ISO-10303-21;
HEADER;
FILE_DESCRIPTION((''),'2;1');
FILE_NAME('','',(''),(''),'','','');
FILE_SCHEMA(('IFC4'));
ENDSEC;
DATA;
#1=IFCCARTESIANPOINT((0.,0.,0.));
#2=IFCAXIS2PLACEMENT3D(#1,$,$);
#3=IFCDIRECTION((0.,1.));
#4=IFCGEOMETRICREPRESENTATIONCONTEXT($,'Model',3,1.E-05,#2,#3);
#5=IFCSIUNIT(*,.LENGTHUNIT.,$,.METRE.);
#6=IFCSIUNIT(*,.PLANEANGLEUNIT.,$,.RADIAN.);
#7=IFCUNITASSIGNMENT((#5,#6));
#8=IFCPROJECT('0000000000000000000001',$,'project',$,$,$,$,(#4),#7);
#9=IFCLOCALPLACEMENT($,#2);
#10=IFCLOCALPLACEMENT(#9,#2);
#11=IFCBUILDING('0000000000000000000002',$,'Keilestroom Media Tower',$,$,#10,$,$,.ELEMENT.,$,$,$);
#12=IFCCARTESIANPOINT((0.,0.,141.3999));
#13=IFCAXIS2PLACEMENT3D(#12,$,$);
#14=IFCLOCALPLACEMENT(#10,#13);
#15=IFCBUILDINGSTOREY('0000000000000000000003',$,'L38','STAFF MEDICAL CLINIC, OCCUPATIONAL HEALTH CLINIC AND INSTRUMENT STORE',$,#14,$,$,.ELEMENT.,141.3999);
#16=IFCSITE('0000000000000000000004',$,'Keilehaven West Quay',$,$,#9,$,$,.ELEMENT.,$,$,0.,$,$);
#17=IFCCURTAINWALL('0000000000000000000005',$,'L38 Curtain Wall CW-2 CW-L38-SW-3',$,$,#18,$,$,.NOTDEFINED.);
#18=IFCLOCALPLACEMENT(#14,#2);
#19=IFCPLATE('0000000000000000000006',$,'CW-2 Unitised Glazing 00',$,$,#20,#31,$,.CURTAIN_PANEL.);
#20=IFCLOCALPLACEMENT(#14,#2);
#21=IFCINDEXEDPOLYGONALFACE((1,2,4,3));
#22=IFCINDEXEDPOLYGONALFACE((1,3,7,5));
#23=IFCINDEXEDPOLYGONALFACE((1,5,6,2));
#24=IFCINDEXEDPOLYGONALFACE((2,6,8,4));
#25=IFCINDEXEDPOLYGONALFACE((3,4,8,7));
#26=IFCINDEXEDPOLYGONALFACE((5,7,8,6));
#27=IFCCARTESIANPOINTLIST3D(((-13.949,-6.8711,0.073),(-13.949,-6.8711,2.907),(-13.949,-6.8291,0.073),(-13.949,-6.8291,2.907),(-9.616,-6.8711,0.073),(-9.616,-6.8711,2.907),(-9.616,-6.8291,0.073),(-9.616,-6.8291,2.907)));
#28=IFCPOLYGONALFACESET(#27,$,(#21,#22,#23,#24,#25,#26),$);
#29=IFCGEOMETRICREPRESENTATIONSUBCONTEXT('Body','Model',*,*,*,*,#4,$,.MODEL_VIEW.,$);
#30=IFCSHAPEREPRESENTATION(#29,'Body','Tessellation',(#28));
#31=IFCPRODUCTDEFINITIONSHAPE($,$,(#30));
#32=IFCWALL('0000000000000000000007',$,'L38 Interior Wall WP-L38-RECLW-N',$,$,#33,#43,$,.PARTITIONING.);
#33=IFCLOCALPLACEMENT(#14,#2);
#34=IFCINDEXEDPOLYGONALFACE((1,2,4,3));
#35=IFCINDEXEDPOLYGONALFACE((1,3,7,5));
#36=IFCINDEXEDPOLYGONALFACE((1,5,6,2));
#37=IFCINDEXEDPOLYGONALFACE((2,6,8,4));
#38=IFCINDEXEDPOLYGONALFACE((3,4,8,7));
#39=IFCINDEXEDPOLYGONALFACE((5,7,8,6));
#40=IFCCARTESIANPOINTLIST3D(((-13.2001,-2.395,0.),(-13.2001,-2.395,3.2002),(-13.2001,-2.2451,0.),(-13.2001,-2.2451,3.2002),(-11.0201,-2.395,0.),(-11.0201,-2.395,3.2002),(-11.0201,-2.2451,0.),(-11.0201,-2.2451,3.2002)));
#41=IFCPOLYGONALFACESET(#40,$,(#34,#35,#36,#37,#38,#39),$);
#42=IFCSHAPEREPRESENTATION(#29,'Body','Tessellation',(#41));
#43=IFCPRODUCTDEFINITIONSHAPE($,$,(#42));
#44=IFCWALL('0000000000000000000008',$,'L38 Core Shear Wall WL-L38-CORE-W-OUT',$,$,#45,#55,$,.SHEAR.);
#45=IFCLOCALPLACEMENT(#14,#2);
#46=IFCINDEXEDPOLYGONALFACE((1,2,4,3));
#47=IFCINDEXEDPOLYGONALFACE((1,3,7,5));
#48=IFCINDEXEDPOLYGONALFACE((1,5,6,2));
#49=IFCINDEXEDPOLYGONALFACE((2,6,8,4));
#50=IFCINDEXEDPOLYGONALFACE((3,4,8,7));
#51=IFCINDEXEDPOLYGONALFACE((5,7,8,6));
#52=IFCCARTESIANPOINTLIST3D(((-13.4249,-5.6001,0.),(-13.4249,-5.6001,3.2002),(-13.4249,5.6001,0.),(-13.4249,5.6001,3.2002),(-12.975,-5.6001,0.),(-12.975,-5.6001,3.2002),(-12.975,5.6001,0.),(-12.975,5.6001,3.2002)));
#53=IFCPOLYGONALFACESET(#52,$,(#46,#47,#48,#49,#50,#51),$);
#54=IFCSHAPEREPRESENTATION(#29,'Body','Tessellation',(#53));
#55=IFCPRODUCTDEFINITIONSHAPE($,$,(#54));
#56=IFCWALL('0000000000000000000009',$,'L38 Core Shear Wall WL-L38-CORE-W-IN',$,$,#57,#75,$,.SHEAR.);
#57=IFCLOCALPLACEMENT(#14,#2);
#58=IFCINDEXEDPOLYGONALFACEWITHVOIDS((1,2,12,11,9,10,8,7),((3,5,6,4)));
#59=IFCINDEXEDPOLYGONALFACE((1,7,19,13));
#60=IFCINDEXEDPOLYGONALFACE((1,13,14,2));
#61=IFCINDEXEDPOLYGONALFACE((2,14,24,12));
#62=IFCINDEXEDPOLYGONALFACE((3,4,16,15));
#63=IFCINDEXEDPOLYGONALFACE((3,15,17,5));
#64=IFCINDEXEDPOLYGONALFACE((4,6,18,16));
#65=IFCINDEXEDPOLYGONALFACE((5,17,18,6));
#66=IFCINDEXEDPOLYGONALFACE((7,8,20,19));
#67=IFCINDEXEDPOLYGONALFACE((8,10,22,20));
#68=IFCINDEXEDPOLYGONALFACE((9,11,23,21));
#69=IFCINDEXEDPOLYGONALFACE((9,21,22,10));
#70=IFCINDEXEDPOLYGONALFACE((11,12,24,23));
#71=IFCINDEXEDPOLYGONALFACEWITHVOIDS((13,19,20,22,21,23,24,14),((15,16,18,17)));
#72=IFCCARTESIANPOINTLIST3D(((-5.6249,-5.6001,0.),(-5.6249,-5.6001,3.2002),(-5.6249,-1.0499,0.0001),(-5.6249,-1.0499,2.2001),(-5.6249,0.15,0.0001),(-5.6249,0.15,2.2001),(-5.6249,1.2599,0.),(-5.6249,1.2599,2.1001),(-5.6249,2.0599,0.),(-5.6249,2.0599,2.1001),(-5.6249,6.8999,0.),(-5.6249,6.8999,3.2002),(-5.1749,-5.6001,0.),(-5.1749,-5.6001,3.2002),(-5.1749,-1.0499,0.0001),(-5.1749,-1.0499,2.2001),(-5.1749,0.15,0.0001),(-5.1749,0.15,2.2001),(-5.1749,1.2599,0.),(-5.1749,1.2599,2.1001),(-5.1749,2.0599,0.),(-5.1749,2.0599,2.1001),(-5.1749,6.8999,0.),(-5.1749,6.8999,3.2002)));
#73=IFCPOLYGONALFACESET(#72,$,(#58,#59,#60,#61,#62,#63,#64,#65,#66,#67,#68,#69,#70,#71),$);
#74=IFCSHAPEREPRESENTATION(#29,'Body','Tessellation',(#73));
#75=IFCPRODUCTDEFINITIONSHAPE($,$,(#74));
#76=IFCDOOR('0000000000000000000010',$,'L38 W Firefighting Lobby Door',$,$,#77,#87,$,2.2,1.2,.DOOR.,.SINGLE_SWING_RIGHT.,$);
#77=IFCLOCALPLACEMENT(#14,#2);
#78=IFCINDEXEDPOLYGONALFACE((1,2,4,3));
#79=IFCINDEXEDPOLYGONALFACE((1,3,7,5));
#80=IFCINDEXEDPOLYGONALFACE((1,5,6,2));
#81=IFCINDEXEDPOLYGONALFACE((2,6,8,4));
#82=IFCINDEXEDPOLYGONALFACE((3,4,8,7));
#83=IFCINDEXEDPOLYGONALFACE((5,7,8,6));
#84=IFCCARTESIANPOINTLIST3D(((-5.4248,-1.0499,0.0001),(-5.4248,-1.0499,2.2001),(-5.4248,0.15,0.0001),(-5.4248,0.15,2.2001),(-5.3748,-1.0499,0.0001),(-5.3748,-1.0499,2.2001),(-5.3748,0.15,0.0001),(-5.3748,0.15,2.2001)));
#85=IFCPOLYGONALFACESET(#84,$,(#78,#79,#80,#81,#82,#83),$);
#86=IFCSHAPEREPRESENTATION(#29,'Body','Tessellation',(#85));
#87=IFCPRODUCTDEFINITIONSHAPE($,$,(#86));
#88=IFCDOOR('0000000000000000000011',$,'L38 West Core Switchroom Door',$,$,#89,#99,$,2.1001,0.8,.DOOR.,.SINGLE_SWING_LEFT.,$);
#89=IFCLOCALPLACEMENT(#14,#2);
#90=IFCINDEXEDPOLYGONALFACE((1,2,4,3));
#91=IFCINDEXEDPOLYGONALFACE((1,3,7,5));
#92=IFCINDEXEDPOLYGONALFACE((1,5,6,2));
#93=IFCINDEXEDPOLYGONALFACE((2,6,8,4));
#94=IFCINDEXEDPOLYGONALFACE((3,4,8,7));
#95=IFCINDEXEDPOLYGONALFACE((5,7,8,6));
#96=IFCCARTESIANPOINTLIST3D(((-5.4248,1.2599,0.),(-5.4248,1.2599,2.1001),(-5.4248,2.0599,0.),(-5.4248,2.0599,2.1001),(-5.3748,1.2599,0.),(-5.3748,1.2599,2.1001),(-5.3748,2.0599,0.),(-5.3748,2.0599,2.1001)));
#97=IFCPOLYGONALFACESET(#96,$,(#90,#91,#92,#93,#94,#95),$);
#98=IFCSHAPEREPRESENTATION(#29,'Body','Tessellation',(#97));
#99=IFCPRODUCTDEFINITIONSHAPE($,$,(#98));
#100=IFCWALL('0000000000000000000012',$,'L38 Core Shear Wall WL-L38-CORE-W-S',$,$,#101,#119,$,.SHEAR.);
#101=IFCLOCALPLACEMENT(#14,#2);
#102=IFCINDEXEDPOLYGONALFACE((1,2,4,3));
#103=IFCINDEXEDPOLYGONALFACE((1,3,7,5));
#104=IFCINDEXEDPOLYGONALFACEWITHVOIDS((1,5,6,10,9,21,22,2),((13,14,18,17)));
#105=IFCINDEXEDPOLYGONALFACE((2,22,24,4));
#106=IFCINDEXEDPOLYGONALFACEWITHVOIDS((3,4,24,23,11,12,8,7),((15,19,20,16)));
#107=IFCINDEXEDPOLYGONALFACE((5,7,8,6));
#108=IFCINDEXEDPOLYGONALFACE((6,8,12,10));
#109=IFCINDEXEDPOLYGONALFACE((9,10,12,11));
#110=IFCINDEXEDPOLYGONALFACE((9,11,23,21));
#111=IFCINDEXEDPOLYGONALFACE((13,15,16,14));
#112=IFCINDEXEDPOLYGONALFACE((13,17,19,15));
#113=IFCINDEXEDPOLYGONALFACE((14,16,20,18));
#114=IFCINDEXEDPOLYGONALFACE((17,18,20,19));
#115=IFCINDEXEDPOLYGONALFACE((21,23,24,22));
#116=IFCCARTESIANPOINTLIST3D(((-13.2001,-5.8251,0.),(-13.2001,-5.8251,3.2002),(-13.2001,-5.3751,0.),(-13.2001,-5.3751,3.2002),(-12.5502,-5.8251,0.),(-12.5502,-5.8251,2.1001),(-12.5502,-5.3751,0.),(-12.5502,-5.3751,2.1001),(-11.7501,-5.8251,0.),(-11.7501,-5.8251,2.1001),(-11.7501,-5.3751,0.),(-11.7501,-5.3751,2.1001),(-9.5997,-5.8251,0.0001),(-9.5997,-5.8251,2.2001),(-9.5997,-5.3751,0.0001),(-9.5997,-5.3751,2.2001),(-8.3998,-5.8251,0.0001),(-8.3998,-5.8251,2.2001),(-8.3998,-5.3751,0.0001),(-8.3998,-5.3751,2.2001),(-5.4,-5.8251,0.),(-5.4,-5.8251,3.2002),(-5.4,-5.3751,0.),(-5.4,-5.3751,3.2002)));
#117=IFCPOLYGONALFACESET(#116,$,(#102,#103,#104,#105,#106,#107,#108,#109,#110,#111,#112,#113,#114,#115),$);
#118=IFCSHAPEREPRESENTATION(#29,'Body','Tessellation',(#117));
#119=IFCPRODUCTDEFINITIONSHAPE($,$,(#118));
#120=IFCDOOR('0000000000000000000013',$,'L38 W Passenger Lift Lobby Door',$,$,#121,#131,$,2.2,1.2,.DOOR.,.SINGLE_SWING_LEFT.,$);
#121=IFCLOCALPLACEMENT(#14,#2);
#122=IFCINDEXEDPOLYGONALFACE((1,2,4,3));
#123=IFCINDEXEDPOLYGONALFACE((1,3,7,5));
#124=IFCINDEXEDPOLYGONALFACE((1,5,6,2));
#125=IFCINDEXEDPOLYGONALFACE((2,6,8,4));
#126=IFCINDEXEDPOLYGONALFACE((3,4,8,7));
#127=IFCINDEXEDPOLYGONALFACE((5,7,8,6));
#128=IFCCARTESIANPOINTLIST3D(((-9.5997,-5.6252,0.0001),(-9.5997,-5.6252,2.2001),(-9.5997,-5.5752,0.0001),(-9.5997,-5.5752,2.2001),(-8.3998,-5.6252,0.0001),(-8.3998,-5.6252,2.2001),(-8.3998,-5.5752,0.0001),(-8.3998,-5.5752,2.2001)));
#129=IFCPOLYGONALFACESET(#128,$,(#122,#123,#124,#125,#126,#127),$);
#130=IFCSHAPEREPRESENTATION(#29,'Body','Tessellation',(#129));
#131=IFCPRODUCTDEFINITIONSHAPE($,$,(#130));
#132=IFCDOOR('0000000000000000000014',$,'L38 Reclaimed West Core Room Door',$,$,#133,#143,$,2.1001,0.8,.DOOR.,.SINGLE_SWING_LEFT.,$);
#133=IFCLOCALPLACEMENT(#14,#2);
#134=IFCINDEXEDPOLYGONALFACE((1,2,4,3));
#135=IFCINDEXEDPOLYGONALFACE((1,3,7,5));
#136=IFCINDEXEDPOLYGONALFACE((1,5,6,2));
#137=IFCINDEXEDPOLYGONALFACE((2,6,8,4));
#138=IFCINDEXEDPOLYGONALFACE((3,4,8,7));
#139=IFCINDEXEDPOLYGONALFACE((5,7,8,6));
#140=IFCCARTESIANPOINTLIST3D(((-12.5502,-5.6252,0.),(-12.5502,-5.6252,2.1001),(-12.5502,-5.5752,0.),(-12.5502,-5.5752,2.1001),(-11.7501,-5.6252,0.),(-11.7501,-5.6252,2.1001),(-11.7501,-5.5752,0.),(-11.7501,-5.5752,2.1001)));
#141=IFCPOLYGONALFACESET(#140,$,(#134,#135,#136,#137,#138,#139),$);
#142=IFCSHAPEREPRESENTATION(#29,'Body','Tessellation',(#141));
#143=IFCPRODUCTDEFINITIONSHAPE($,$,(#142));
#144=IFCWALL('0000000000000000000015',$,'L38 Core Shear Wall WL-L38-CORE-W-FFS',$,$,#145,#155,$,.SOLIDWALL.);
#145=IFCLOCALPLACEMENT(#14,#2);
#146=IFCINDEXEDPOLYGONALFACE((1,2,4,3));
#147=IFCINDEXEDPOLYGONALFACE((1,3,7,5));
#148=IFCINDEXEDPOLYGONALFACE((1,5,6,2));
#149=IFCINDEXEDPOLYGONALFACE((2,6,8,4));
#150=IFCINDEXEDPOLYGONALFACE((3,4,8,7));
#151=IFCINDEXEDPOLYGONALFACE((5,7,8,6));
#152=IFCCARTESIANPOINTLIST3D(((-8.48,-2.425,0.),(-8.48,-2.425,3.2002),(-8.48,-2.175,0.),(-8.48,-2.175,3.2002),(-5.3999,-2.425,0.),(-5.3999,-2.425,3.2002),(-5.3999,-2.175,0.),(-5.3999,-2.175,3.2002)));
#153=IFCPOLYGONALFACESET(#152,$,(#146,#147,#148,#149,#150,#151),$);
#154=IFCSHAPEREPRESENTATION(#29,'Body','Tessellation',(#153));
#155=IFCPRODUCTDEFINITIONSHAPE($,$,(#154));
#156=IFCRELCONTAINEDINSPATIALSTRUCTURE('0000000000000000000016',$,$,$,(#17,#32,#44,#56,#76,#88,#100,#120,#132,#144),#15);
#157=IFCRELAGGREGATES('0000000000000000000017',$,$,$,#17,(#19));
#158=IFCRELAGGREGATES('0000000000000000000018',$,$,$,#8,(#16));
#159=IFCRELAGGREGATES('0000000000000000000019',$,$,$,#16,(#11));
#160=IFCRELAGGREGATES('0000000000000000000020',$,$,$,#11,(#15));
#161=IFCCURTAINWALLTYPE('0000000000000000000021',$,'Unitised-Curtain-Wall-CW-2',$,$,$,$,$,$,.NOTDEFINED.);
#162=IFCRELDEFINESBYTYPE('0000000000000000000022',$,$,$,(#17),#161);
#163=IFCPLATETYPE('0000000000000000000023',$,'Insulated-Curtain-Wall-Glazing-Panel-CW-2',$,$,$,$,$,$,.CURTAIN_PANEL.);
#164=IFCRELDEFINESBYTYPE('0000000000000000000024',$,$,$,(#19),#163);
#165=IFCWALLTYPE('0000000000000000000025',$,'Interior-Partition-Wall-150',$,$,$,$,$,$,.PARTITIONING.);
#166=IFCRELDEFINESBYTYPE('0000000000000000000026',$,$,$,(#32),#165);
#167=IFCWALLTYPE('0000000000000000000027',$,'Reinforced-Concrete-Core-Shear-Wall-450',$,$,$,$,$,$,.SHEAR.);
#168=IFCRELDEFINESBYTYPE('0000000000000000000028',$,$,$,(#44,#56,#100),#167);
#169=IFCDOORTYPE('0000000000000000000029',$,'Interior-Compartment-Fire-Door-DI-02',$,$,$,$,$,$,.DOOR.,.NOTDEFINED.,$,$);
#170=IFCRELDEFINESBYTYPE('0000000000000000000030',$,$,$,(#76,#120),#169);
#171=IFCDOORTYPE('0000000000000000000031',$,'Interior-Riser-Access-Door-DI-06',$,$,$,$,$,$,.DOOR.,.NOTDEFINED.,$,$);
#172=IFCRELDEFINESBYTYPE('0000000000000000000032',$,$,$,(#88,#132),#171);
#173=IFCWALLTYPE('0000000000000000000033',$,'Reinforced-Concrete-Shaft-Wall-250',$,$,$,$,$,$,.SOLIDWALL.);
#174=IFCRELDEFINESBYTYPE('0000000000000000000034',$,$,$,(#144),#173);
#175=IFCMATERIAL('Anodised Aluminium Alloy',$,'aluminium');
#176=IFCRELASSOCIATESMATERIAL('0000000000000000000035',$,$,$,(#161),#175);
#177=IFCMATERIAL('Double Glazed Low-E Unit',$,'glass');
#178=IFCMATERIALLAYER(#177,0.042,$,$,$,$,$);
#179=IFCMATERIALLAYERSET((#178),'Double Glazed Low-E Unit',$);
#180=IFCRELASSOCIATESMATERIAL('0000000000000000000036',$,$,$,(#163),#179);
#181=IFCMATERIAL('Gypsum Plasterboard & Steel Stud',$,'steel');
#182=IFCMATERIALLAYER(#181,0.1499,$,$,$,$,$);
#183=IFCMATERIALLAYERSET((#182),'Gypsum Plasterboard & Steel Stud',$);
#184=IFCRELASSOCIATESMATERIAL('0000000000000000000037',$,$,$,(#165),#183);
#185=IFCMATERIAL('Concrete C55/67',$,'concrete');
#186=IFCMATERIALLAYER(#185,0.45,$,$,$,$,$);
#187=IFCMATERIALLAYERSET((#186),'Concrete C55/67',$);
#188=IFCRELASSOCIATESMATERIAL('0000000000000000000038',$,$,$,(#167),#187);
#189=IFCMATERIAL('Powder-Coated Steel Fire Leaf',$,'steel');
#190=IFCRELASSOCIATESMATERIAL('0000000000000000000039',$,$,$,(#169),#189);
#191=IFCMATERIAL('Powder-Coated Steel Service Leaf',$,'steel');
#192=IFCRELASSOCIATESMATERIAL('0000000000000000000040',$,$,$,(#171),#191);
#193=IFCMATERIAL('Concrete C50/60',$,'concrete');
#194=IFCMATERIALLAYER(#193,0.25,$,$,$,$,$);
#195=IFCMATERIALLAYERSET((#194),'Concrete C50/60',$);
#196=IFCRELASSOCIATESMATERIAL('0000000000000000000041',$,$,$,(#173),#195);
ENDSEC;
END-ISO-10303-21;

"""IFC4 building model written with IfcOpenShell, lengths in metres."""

from ifc_helpers import new_model, si_unit, direction, frame, frame_2d, origin, origin_2d, place, context, subcontext, project, spatial, rectangle, extrude, source, transform, mapped, material, layer, layer_set, type_object, element, fill, aggregate, save


model = new_model("IFC4")

# Units and contexts
model_context = context("Model", 3, precision=1e-05, world=origin(), true_north=direction((0.0, 1.0)))
body_context = subcontext(model_context, "Body", "Model", "MODEL_VIEW")
ifc_project = project(units=[si_unit("LENGTHUNIT", "METRE"), si_unit("PLANEANGLEUNIT", "RADIAN")], contexts=[model_context])

# Site, building, storey
site_placement = place(None, origin())
site = spatial("IfcSite", under=ifc_project, at=site_placement, Name="Keilehaven West Quay", CompositionType="ELEMENT", RefElevation=0.0)
building_placement = place(site_placement, origin())
building = spatial("IfcBuilding", under=site, at=building_placement, Name="Keilestroom Media Tower", CompositionType="ELEMENT")
storey_placement = place(building_placement, frame((0.0, 0.0, 141.3999)))
storey = spatial("IfcBuildingStorey", under=building, at=storey_placement, Name="L38", Description="STAFF MEDICAL CLINIC, OCCUPATIONAL HEALTH CLINIC AND INSTRUMENT STORE", CompositionType="ELEMENT", Elevation=141.3999)

# Curtain wall, plate
ifc_material_1 = material(Name="Anodised Aluminium Alloy", Category="aluminium")
curtain_wall_type = type_object("IfcCurtainWallType", Name="Unitised-Curtain-Wall-CW-2", PredefinedType="NOTDEFINED", material=ifc_material_1)
curtain_wall_placement = place(storey_placement, origin())
curtain_wall = element("IfcCurtainWall", 1, at=curtain_wall_placement, inside=storey, type_object=curtain_wall_type, Name="L38 Curtain Wall CW-2 CW-L38-SW-3", PredefinedType="NOTDEFINED")
ifc_material_2 = material(Name="Double Glazed Low-E Unit", Category="glass")
ifc_layer_1 = layer(ifc_material_2, 0.042)
ifc_layer_set_1 = layer_set([ifc_layer_1], Name="Double Glazed Low-E Unit")
plate_type = type_object("IfcPlateType", Name="Insulated-Curtain-Wall-Glazing-Panel-CW-2", PredefinedType="CURTAIN_PANEL", material=ifc_layer_set_1)
shared_shape_1 = source(origin(), body_context, "Body", "SweptSolid", [
    extrude(rectangle(XDim=4.333, YDim=0.042, at=origin_2d()), origin(), (0.0, 0.0, 1.0), 2.834),
])
plate_placement = place(storey_placement, frame((-11.7825, -6.8501, 0.073), z_axis=(0.0, 0.0, 1.0), x_axis=(1.0, 0.0, 0.0)))
plate = element("IfcPlate", 2, at=plate_placement, type_object=plate_type, Name="CW-2 Unitised Glazing 00", PredefinedType="CURTAIN_PANEL", context=body_context, shape_type="MappedRepresentation", body=[
    mapped(shared_shape_1, transform((0.0, 0.0, 0.0), x_axis=(1.0, 0.0, 0.0), y_axis=(0.0, 1.0, 0.0), z_axis=(0.0, 0.0, 1.0), scale=1.0)),
])
aggregate(curtain_wall, [plate])

# Walls
ifc_material_3 = material(Name="Gypsum Plasterboard & Steel Stud", Category="steel")
ifc_layer_2 = layer(ifc_material_3, 0.1499)
ifc_layer_set_2 = layer_set([ifc_layer_2], Name="Gypsum Plasterboard & Steel Stud")
wall_type_1 = type_object("IfcWallType", Name="Interior-Partition-Wall-150", PredefinedType="PARTITIONING", material=ifc_layer_set_2)
wall_1_placement = place(storey_placement, frame((-13.2, -2.3201, 0.0), z_axis=(0.0, 0.0, 1.0), x_axis=(1.0, 0.0, 0.0)))
element("IfcWall", 3, at=wall_1_placement, inside=storey, type_object=wall_type_1, Name="L38 Interior Wall WP-L38-RECLW-N", PredefinedType="PARTITIONING", context=body_context, shape_type="SweptSolid", body=[
    extrude(rectangle(XDim=2.1799, YDim=0.1499, at=frame_2d((1.0898, 0.0))), origin(), (0.0, 0.0, 1.0), 3.2002),
])
ifc_material_4 = material(Name="Concrete C55/67", Category="concrete")
ifc_layer_3 = layer(ifc_material_4, 0.45)
ifc_layer_set_3 = layer_set([ifc_layer_3], Name="Concrete C55/67")
wall_type_2 = type_object("IfcWallType", Name="Reinforced-Concrete-Core-Shear-Wall-450", PredefinedType="SHEAR", material=ifc_layer_set_3)
wall_2_placement = place(storey_placement, frame((-13.2, -5.6001, 0.0), z_axis=(0.0, 0.0, 1.0), x_axis=(0.0, 1.0, 0.0)))
element("IfcWall", 4, at=wall_2_placement, inside=storey, type_object=wall_type_2, Name="L38 Core Shear Wall WL-L38-CORE-W-OUT", PredefinedType="SHEAR", context=body_context, shape_type="SweptSolid", body=[
    extrude(rectangle(XDim=11.2002, YDim=0.45, at=frame_2d((5.6001, 0.0))), origin(), (0.0, 0.0, 1.0), 3.2002),
])

# Walls, openings, doors
wall_3_placement = place(storey_placement, frame((-5.3999, -5.6001, 0.0), z_axis=(0.0, 0.0, 1.0), x_axis=(0.0, 1.0, 0.0)))
wall_3 = element("IfcWall", 5, at=wall_3_placement, inside=storey, type_object=wall_type_2, Name="L38 Core Shear Wall WL-L38-CORE-W-IN", PredefinedType="SHEAR", context=body_context, shape_type="SweptSolid", body=[
    extrude(rectangle(XDim=12.5, YDim=0.45, at=frame_2d((6.25, 0.0))), origin(), (0.0, 0.0, 1.0), 3.2002),
])
opening_1_placement = place(wall_3_placement, frame((4.55, 0.0, 0.0)))
opening_1 = element("IfcOpeningElement", 6, at=opening_1_placement, cuts=wall_3, PredefinedType="OPENING", context=body_context, shape_type="SweptSolid", body=[
    extrude(rectangle(XDim=1.2, YDim=2.2, at=frame_2d((0.6001, 1.1001))), frame((0.0, 0.2349, 0.0), z_axis=(0.0, -1.0, 0.0), x_axis=(1.0, 0.0, 0.0)), (0.0, 0.0, 1.0), 0.47),
])
opening_2_placement = place(wall_3_placement, frame((6.8601, 0.0, 0.0)))
opening_2 = element("IfcOpeningElement", 7, at=opening_2_placement, cuts=wall_3, PredefinedType="OPENING", context=body_context, shape_type="SweptSolid", body=[
    extrude(rectangle(XDim=0.8, YDim=2.1001, at=frame_2d((0.3999, 1.05))), frame((0.0, 0.2349, 0.0), z_axis=(0.0, -1.0, 0.0), x_axis=(1.0, 0.0, 0.0)), (0.0, 0.0, 1.0), 0.47),
])
ifc_material_5 = material(Name="Powder-Coated Steel Fire Leaf", Category="steel")
door_type_1 = type_object("IfcDoorType", Name="Interior-Compartment-Fire-Door-DI-02", OperationType="NOTDEFINED", PredefinedType="DOOR", material=ifc_material_5)
shared_shape_2 = source(origin(), body_context, "Body", "SweptSolid", [
    extrude(rectangle(XDim=1.2, YDim=2.2, at=frame_2d((0.6001, 1.1001))), frame((0.0, 0.0249, 0.0), z_axis=(0.0, -1.0, 0.0), x_axis=(1.0, 0.0, 0.0)), (0.0, 0.0, 1.0), 0.05),
])
door_1_placement = place(opening_1_placement, origin())
door_1 = element("IfcDoor", 8, at=door_1_placement, inside=storey, type_object=door_type_1, Name="L38 W Firefighting Lobby Door", OperationType="SINGLE_SWING_RIGHT", OverallHeight=2.2, OverallWidth=1.2, PredefinedType="DOOR", context=body_context, shape_type="MappedRepresentation", body=[
    mapped(shared_shape_2, transform((0.0, 0.0, 0.0), x_axis=(1.0, 0.0, 0.0), y_axis=(0.0, 1.0, 0.0), z_axis=(0.0, 0.0, 1.0), scale=1.0)),
])
fill(opening_1, door_1)
ifc_material_6 = material(Name="Powder-Coated Steel Service Leaf", Category="steel")
door_type_2 = type_object("IfcDoorType", Name="Interior-Riser-Access-Door-DI-06", OperationType="NOTDEFINED", PredefinedType="DOOR", material=ifc_material_6)
shared_shape_3 = source(origin(), body_context, "Body", "SweptSolid", [
    extrude(rectangle(XDim=0.8, YDim=2.1001, at=frame_2d((0.3999, 1.05))), frame((0.0, 0.0249, 0.0), z_axis=(0.0, -1.0, 0.0), x_axis=(1.0, 0.0, 0.0)), (0.0, 0.0, 1.0), 0.05),
])
door_2_placement = place(opening_2_placement, origin())
door_2 = element("IfcDoor", 9, at=door_2_placement, inside=storey, type_object=door_type_2, Name="L38 West Core Switchroom Door", OperationType="SINGLE_SWING_LEFT", OverallHeight=2.1001, OverallWidth=0.8, PredefinedType="DOOR", context=body_context, shape_type="MappedRepresentation", body=[
    mapped(shared_shape_3, transform((0.0, 0.0, 0.0), x_axis=(1.0, 0.0, 0.0), y_axis=(0.0, 1.0, 0.0), z_axis=(0.0, 0.0, 1.0), scale=1.0)),
])
fill(opening_2, door_2)
wall_4_placement = place(storey_placement, frame((-13.2, -5.6001, 0.0), z_axis=(0.0, 0.0, 1.0), x_axis=(1.0, 0.0, 0.0)))
wall_4 = element("IfcWall", 10, at=wall_4_placement, inside=storey, type_object=wall_type_2, Name="L38 Core Shear Wall WL-L38-CORE-W-S", PredefinedType="SHEAR", context=body_context, shape_type="SweptSolid", body=[
    extrude(rectangle(XDim=7.8, YDim=0.45, at=frame_2d((3.8999, 0.0))), origin(), (0.0, 0.0, 1.0), 3.2002),
])
opening_3_placement = place(wall_4_placement, frame((3.6001, 0.0, 0.0)))
opening_3 = element("IfcOpeningElement", 11, at=opening_3_placement, cuts=wall_4, PredefinedType="OPENING", context=body_context, shape_type="SweptSolid", body=[
    extrude(rectangle(XDim=1.2, YDim=2.2, at=frame_2d((0.6001, 1.1001))), frame((0.0, 0.2349, 0.0), z_axis=(0.0, -1.0, 0.0), x_axis=(1.0, 0.0, 0.0)), (0.0, 0.0, 1.0), 0.47),
])
opening_4_placement = place(wall_4_placement, frame((0.6499, 0.0, 0.0)))
opening_4 = element("IfcOpeningElement", 12, at=opening_4_placement, cuts=wall_4, PredefinedType="OPENING", context=body_context, shape_type="SweptSolid", body=[
    extrude(rectangle(XDim=0.8, YDim=2.1001, at=frame_2d((0.3999, 1.05))), frame((0.0, 0.2349, 0.0), z_axis=(0.0, -1.0, 0.0), x_axis=(1.0, 0.0, 0.0)), (0.0, 0.0, 1.0), 0.47),
])
door_3_placement = place(opening_3_placement, origin())
door_3 = element("IfcDoor", 13, at=door_3_placement, inside=storey, type_object=door_type_1, Name="L38 W Passenger Lift Lobby Door", OperationType="SINGLE_SWING_LEFT", OverallHeight=2.2, OverallWidth=1.2, PredefinedType="DOOR", context=body_context, shape_type="MappedRepresentation", body=[
    mapped(shared_shape_2, transform((0.0, 0.0, 0.0), x_axis=(1.0, 0.0, 0.0), y_axis=(0.0, 1.0, 0.0), z_axis=(0.0, 0.0, 1.0), scale=1.0)),
])
fill(opening_3, door_3)
door_4_placement = place(opening_4_placement, origin())
door_4 = element("IfcDoor", 14, at=door_4_placement, inside=storey, type_object=door_type_2, Name="L38 Reclaimed West Core Room Door", OperationType="SINGLE_SWING_LEFT", OverallHeight=2.1001, OverallWidth=0.8, PredefinedType="DOOR", context=body_context, shape_type="MappedRepresentation", body=[
    mapped(shared_shape_3, transform((0.0, 0.0, 0.0), x_axis=(1.0, 0.0, 0.0), y_axis=(0.0, 1.0, 0.0), z_axis=(0.0, 0.0, 1.0), scale=1.0)),
])
fill(opening_4, door_4)

# Wall
ifc_material_7 = material(Name="Concrete C50/60", Category="concrete")
ifc_layer_4 = layer(ifc_material_7, 0.25)
ifc_layer_set_4 = layer_set([ifc_layer_4], Name="Concrete C50/60")
wall_type_3 = type_object("IfcWallType", Name="Reinforced-Concrete-Shaft-Wall-250", PredefinedType="SOLIDWALL", material=ifc_layer_set_4)
wall_5_placement = place(storey_placement, frame((-8.48, -2.3, 0.0), z_axis=(0.0, 0.0, 1.0), x_axis=(1.0, 0.0, 0.0)))
element("IfcWall", 15, at=wall_5_placement, inside=storey, type_object=wall_type_3, Name="L38 Core Shear Wall WL-L38-CORE-W-FFS", PredefinedType="SOLIDWALL", context=body_context, shape_type="SweptSolid", body=[
    extrude(rectangle(XDim=3.0801, YDim=0.25, at=frame_2d((1.54, 0.0))), origin(), (0.0, 0.0, 1.0), 3.2002),
])

save(model, "model.ifc")
